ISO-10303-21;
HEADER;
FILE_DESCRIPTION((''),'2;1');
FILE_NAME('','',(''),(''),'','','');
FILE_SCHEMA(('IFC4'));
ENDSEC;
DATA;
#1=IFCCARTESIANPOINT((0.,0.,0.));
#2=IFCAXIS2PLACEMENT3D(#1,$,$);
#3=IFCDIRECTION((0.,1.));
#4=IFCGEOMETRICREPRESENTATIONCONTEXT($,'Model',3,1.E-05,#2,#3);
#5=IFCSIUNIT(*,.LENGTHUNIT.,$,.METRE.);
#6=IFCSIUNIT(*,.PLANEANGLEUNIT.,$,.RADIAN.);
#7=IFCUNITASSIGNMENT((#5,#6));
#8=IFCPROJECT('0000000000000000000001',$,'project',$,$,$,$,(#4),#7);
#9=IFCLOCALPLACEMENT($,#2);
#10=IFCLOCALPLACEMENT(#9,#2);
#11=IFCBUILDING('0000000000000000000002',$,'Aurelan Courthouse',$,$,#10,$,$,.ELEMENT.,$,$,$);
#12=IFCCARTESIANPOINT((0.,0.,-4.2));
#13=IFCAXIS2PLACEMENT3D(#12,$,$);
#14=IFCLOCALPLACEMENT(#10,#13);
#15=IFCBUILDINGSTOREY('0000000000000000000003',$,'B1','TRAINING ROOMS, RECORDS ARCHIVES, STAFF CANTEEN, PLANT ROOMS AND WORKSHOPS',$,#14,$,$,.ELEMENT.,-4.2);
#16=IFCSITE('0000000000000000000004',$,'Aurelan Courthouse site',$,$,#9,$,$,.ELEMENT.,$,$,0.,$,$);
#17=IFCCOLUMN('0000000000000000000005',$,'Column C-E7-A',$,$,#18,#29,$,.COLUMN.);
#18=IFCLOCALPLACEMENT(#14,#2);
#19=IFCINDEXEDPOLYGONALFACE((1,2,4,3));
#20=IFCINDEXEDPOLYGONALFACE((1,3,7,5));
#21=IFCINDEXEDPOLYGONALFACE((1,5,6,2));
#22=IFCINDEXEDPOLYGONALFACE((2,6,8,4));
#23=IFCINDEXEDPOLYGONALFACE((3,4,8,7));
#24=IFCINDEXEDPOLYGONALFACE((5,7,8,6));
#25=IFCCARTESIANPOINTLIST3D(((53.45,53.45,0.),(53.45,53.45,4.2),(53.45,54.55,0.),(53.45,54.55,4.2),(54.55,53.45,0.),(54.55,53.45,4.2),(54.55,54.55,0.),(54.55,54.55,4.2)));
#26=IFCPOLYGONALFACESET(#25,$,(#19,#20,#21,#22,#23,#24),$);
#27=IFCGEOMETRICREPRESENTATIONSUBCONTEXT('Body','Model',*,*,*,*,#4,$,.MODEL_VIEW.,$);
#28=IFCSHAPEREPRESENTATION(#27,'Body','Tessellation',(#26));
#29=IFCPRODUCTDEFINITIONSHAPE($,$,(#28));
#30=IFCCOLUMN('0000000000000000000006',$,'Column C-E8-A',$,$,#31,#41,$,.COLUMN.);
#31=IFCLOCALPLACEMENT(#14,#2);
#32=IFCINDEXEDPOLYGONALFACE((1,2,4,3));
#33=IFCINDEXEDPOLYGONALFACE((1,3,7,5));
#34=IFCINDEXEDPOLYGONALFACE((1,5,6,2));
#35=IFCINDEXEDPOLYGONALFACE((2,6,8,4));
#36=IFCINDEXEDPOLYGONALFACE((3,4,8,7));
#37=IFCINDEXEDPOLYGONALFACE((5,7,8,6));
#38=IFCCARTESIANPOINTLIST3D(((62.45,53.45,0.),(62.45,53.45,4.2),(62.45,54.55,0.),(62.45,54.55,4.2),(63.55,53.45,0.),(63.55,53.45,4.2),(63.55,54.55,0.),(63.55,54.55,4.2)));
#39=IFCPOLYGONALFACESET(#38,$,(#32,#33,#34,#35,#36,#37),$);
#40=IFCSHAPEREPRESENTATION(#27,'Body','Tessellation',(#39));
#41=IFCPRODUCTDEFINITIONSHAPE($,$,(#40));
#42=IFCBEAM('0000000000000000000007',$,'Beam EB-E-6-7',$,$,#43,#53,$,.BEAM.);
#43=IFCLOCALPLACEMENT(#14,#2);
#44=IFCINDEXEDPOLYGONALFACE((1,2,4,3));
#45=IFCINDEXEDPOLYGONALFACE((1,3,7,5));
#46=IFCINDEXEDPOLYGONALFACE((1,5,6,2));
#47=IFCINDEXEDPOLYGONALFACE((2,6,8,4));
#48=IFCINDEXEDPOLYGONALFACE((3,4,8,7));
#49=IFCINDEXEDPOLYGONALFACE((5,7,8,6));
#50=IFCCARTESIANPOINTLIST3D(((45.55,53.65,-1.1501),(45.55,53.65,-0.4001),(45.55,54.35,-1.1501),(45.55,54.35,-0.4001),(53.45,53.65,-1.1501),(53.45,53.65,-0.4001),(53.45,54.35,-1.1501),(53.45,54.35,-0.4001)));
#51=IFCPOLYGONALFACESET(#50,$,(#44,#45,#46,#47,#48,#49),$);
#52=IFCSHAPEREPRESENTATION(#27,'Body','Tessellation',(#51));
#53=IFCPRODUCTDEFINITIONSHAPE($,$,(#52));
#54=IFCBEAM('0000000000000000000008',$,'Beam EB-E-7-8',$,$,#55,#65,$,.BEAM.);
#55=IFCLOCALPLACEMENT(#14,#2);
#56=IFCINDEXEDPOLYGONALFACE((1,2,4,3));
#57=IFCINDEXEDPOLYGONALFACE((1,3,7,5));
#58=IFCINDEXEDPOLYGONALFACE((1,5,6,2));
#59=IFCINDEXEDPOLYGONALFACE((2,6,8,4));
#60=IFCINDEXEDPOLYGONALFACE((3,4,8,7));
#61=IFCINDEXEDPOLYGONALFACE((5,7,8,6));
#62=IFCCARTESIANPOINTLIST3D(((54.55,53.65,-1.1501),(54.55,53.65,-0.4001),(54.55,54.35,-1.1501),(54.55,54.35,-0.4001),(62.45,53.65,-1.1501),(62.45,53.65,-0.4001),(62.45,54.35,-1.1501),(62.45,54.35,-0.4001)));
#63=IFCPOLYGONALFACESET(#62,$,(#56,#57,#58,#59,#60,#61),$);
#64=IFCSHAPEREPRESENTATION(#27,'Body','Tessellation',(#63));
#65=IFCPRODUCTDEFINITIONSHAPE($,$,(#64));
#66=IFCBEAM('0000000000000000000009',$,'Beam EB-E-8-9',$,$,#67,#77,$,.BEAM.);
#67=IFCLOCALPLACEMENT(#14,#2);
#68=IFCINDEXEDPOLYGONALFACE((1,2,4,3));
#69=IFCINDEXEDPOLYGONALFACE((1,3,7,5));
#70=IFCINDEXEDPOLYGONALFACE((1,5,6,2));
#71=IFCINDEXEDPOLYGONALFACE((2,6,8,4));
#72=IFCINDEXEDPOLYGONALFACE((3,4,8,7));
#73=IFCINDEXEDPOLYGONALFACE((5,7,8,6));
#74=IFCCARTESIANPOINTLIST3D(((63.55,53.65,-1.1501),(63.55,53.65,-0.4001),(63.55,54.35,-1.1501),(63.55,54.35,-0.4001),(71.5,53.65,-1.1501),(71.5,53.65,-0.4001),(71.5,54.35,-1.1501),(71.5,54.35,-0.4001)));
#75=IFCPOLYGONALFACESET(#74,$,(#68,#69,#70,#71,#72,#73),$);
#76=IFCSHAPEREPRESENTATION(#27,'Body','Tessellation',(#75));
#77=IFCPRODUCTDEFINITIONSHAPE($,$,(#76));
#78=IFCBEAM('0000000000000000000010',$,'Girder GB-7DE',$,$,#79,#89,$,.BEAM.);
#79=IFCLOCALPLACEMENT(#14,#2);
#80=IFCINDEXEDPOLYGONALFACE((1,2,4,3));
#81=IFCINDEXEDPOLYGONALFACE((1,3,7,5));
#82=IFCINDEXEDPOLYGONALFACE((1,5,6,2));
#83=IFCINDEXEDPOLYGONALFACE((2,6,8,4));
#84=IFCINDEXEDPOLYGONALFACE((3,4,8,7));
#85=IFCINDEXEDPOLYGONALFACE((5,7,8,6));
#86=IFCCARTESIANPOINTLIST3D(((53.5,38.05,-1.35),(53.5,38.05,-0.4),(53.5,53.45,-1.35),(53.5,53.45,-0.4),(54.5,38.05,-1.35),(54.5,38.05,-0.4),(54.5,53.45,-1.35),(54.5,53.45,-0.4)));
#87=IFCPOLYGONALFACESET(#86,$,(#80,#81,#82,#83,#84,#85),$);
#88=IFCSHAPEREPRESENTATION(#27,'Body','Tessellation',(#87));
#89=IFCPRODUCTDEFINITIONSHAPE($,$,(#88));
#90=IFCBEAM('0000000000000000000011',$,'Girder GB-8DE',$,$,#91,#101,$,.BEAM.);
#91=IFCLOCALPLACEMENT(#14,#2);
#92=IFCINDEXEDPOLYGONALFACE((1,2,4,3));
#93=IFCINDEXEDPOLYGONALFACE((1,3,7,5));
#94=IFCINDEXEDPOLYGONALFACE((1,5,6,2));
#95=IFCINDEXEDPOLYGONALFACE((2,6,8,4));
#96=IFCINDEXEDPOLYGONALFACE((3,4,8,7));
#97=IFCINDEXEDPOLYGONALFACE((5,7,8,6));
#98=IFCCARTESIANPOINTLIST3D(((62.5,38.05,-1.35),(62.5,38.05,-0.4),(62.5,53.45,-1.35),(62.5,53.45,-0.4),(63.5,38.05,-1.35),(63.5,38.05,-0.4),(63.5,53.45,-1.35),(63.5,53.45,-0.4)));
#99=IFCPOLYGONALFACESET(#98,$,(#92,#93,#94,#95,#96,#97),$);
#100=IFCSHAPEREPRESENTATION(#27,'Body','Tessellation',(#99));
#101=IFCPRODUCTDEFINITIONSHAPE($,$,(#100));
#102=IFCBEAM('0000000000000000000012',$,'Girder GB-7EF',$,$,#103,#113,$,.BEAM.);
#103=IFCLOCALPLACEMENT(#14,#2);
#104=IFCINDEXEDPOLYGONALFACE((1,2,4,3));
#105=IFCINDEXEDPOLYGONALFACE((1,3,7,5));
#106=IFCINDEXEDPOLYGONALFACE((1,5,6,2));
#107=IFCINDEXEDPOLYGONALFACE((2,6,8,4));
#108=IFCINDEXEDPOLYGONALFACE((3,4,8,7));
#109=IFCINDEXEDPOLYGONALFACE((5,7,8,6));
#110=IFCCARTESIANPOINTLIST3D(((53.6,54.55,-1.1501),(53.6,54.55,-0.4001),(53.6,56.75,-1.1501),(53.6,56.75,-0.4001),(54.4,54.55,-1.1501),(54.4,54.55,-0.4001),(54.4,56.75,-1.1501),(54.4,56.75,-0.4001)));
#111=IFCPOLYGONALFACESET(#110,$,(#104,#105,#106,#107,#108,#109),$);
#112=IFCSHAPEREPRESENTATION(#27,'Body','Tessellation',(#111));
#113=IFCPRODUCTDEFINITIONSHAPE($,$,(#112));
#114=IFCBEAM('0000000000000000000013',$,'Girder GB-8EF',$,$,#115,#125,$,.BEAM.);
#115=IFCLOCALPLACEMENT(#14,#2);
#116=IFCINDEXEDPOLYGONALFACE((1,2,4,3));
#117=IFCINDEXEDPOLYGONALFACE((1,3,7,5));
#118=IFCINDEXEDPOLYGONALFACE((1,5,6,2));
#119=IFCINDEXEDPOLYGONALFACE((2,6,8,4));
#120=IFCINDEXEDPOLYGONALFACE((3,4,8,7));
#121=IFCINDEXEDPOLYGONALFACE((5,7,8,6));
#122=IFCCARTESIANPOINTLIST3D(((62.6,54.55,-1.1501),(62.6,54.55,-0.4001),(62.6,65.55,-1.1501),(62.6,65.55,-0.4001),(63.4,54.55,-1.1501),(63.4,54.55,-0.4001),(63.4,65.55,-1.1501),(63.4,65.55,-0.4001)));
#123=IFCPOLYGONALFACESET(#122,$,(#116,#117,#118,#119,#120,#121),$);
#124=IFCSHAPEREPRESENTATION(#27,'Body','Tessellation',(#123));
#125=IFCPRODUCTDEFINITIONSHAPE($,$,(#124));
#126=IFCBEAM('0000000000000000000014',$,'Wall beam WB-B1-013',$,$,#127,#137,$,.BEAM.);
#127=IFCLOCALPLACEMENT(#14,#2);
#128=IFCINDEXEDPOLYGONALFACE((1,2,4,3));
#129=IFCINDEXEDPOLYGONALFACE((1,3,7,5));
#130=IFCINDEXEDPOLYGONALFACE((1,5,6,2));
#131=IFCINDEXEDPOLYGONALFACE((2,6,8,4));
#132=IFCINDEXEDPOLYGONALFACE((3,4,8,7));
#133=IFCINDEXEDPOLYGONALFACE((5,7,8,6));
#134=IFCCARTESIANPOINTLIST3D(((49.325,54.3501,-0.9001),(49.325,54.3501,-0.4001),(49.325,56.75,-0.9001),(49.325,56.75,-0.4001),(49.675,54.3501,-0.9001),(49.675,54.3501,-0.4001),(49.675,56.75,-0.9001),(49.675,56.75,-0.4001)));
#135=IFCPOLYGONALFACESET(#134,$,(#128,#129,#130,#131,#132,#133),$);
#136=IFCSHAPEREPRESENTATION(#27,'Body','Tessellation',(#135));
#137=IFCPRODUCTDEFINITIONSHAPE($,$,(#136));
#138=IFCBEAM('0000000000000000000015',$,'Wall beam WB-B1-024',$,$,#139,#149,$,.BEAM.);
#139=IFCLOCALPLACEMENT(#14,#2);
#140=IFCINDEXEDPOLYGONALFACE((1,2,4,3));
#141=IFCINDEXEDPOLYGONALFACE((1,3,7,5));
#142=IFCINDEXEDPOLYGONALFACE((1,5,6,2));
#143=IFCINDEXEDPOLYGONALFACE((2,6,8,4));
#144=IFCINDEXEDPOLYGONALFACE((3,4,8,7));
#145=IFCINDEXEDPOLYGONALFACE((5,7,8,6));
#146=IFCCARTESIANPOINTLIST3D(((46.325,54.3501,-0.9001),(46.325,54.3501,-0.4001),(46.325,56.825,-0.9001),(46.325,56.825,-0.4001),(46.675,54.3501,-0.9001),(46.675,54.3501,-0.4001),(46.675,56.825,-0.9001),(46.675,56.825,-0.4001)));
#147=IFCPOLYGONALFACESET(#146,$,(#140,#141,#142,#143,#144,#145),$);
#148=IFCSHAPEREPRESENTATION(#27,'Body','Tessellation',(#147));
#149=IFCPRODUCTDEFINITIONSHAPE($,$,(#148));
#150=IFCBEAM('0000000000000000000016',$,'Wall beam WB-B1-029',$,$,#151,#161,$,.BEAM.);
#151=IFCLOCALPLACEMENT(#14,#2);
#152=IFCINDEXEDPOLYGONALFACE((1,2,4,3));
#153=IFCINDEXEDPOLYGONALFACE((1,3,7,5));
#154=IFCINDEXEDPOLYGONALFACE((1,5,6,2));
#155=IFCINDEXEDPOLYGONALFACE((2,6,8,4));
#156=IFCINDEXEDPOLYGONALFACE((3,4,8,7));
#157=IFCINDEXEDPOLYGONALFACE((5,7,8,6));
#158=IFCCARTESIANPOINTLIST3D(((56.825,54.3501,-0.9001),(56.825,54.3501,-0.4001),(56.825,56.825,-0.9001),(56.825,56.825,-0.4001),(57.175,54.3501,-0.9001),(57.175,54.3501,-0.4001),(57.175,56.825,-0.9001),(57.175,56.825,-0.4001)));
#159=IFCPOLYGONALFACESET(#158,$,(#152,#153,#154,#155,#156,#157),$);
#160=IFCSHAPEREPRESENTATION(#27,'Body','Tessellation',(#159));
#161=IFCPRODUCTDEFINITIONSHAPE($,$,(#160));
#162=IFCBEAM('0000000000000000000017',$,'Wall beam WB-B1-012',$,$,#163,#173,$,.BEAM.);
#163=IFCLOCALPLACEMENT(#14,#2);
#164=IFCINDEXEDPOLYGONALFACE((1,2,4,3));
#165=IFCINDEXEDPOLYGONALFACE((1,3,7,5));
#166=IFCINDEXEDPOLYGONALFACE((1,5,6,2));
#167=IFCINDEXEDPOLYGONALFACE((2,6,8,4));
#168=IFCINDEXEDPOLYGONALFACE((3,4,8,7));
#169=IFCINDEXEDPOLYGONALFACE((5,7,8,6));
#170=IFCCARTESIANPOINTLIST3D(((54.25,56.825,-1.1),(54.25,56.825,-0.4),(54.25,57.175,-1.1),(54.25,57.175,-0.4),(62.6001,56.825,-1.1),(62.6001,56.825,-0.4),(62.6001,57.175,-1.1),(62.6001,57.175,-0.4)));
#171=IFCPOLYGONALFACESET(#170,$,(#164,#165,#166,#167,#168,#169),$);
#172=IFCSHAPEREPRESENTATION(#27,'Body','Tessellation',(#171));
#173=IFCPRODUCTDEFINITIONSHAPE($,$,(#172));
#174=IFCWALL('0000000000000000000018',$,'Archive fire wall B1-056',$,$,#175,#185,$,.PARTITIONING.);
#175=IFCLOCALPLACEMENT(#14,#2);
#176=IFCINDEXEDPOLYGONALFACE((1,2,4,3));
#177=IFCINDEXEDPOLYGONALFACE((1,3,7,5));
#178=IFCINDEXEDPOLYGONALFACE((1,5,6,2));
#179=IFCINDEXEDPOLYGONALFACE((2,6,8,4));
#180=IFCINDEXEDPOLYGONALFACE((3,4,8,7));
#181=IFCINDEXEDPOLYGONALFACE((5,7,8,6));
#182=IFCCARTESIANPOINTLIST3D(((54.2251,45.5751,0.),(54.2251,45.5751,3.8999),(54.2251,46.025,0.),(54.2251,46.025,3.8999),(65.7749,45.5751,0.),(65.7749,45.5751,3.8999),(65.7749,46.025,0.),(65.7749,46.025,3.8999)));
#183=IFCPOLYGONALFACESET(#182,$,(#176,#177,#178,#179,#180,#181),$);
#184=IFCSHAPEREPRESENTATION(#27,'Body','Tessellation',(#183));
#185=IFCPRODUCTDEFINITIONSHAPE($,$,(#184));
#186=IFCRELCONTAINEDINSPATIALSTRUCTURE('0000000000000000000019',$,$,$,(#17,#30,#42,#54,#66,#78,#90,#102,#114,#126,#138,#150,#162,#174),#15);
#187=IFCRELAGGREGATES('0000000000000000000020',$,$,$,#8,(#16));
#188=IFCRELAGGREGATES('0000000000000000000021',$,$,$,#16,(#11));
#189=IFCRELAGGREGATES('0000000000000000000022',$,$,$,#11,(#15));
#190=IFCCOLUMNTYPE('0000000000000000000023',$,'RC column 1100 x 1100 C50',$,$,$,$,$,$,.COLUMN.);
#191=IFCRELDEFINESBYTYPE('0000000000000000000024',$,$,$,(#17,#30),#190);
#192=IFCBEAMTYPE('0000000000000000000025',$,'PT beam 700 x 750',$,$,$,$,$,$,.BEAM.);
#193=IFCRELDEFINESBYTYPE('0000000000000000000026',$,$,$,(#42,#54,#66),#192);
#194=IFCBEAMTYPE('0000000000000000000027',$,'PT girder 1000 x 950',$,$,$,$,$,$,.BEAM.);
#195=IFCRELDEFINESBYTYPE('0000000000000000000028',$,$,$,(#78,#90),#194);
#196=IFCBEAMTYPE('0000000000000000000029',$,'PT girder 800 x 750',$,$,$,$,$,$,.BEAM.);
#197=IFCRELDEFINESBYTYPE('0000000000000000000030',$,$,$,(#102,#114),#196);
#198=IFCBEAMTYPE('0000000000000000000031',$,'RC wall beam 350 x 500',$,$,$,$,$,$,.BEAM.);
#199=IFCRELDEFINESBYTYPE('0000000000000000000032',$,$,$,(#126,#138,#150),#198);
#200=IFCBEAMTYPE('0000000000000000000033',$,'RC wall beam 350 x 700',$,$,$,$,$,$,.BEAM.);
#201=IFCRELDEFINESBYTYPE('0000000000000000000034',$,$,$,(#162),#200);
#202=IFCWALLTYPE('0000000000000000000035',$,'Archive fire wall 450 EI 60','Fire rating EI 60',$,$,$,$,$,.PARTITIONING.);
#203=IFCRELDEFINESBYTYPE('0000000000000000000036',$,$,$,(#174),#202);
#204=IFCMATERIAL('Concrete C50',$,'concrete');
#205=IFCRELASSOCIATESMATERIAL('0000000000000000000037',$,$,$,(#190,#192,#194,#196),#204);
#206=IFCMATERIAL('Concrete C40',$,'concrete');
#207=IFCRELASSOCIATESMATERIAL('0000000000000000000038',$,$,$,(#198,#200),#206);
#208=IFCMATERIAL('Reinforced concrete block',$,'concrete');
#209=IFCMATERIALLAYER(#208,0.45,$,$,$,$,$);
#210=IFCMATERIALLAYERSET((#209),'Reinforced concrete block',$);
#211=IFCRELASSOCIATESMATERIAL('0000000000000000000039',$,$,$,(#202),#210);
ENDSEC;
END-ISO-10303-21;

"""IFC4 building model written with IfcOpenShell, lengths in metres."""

from ifc_helpers import new_model, si_unit, direction, frame, frame_2d, origin, origin_2d, place, context, subcontext, project, spatial, rectangle, extrude, material, layer, layer_set, material_profile, profile_set, type_object, element, save


model = new_model("IFC4")

# Units and contexts
model_context = context("Model", 3, precision=1e-05, world=origin(), true_north=direction((0.0, 1.0)))
body_context = subcontext(model_context, "Body", "Model", "MODEL_VIEW")
ifc_project = project(units=[si_unit("LENGTHUNIT", "METRE"), si_unit("PLANEANGLEUNIT", "RADIAN")], contexts=[model_context])

# Site, building, storey
site_placement = place(None, origin())
site = spatial("IfcSite", under=ifc_project, at=site_placement, Name="Aurelan Courthouse site", CompositionType="ELEMENT", RefElevation=0.0)
building_placement = place(site_placement, origin())
building = spatial("IfcBuilding", under=site, at=building_placement, Name="Aurelan Courthouse", CompositionType="ELEMENT")
storey_placement = place(building_placement, frame((0.0, 0.0, -4.2)))
storey = spatial("IfcBuildingStorey", under=building, at=storey_placement, Name="B1", Description="TRAINING ROOMS, RECORDS ARCHIVES, STAFF CANTEEN, PLANT ROOMS AND WORKSHOPS", CompositionType="ELEMENT", Elevation=-4.2)

# Columns
ifc_material_1 = material(Name="Concrete C50", Category="concrete")
ifc_material_profile_1 = material_profile(ifc_material_1, rectangle(XDim=1.1001, YDim=1.1001, at=origin_2d()), Name="RC 1100 x 1100")
ifc_profile_set_1 = profile_set([ifc_material_profile_1], Name="Concrete C50")
column_type = type_object("IfcColumnType", Name="RC column 1100 x 1100 C50", PredefinedType="COLUMN", material=ifc_profile_set_1)
for number, where, z_axis, x_axis, name in (
    (1, (54.0, 54.0, 0.0), (0.0, 0.0, 1.0), (1.0, 0.0, 0.0), "Column C-E7-A"),
    (2, (63.0, 54.0, 0.0), (0.0, 0.0, 1.0), (1.0, 0.0, 0.0), "Column C-E8-A"),
):
    element("IfcColumn", number, at=place(storey_placement, frame(where, z_axis=z_axis, x_axis=x_axis)), inside=storey, type_object=column_type, Name=name, PredefinedType="COLUMN", context=body_context, shape_type="SweptSolid", body=[
        extrude(rectangle(XDim=1.1001, YDim=1.1001, at=origin_2d()), origin(), (0.0, 0.0, 1.0), 4.2),
    ])

# Beams
ifc_material_profile_2 = material_profile(ifc_material_1, rectangle(XDim=0.7, YDim=0.75, at=origin_2d()), Name="RC 700 x 750")
ifc_profile_set_2 = profile_set([ifc_material_profile_2], Name="Concrete C50")
beam_type_1 = type_object("IfcBeamType", Name="PT beam 700 x 750", PredefinedType="BEAM", material=ifc_profile_set_2)
for number, where, z_axis, x_axis, name in (
    (3, (45.55, 54.0, -0.7751), (1.0, 0.0, 0.0), (0.0, 1.0, 0.0), "Beam EB-E-6-7"),
    (4, (54.55, 54.0, -0.7751), (1.0, 0.0, 0.0), (0.0, 1.0, 0.0), "Beam EB-E-7-8"),
):
    element("IfcBeam", number, at=place(storey_placement, frame(where, z_axis=z_axis, x_axis=x_axis)), inside=storey, type_object=beam_type_1, Name=name, PredefinedType="BEAM", context=body_context, shape_type="SweptSolid", body=[
        extrude(rectangle(XDim=0.7, YDim=0.75, at=origin_2d()), origin(), (0.0, 0.0, 1.0), 7.8999),
    ])
beam_1_placement = place(storey_placement, frame((63.55, 54.0, -0.7751), z_axis=(1.0, 0.0, 0.0), x_axis=(0.0, 1.0, 0.0)))
element("IfcBeam", 5, at=beam_1_placement, inside=storey, type_object=beam_type_1, Name="Beam EB-E-8-9", PredefinedType="BEAM", context=body_context, shape_type="SweptSolid", body=[
    extrude(rectangle(XDim=0.7, YDim=0.75, at=origin_2d()), origin(), (0.0, 0.0, 1.0), 7.95),
])
ifc_material_profile_3 = material_profile(ifc_material_1, rectangle(XDim=1.0, YDim=0.95, at=origin_2d()), Name="RC 1000 x 950")
ifc_profile_set_3 = profile_set([ifc_material_profile_3], Name="Concrete C50")
beam_type_2 = type_object("IfcBeamType", Name="PT girder 1000 x 950", PredefinedType="BEAM", material=ifc_profile_set_3)
for number, where, z_axis, x_axis, name in (
    (6, (54.0, 38.05, -0.875), (0.0, 1.0, 0.0), (-1.0, 0.0, 0.0), "Girder GB-7DE"),
    (7, (63.0, 38.05, -0.875), (0.0, 1.0, 0.0), (-1.0, 0.0, 0.0), "Girder GB-8DE"),
):
    element("IfcBeam", number, at=place(storey_placement, frame(where, z_axis=z_axis, x_axis=x_axis)), inside=storey, type_object=beam_type_2, Name=name, PredefinedType="BEAM", context=body_context, shape_type="SweptSolid", body=[
        extrude(rectangle(XDim=1.0, YDim=0.95, at=origin_2d()), origin(), (0.0, 0.0, 1.0), 15.3999),
    ])
ifc_material_profile_4 = material_profile(ifc_material_1, rectangle(XDim=0.8, YDim=0.75, at=origin_2d()), Name="RC 800 x 750")
ifc_profile_set_4 = profile_set([ifc_material_profile_4], Name="Concrete C50")
beam_type_3 = type_object("IfcBeamType", Name="PT girder 800 x 750", PredefinedType="BEAM", material=ifc_profile_set_4)
beam_2_placement = place(storey_placement, frame((54.0, 54.55, -0.7751), z_axis=(0.0, 1.0, 0.0), x_axis=(-1.0, 0.0, 0.0)))
element("IfcBeam", 8, at=beam_2_placement, inside=storey, type_object=beam_type_3, Name="Girder GB-7EF", PredefinedType="BEAM", context=body_context, shape_type="SweptSolid", body=[
    extrude(rectangle(XDim=0.8, YDim=0.75, at=origin_2d()), origin(), (0.0, 0.0, 1.0), 2.2),
])
beam_3_placement = place(storey_placement, frame((63.0, 54.55, -0.7751), z_axis=(0.0, 1.0, 0.0), x_axis=(-1.0, 0.0, 0.0)))
element("IfcBeam", 9, at=beam_3_placement, inside=storey, type_object=beam_type_3, Name="Girder GB-8EF", PredefinedType="BEAM", context=body_context, shape_type="SweptSolid", body=[
    extrude(rectangle(XDim=0.8, YDim=0.75, at=origin_2d()), origin(), (0.0, 0.0, 1.0), 11.0),
])
ifc_material_2 = material(Name="Concrete C40", Category="concrete")
ifc_material_profile_5 = material_profile(ifc_material_2, rectangle(XDim=0.3501, YDim=0.5, at=origin_2d()), Name="RC 350 x 500")
ifc_profile_set_5 = profile_set([ifc_material_profile_5], Name="Concrete C40")
beam_type_4 = type_object("IfcBeamType", Name="RC wall beam 350 x 500", PredefinedType="BEAM", material=ifc_profile_set_5)
beam_4_placement = place(storey_placement, frame((49.5, 54.3501, -0.6501), z_axis=(0.0, 1.0, 0.0), x_axis=(-1.0, 0.0, 0.0)))
element("IfcBeam", 10, at=beam_4_placement, inside=storey, type_object=beam_type_4, Name="Wall beam WB-B1-013", PredefinedType="BEAM", context=body_context, shape_type="SweptSolid", body=[
    extrude(rectangle(XDim=0.3501, YDim=0.5, at=origin_2d()), origin(), (0.0, 0.0, 1.0), 2.3999),
])
for number, where, z_axis, x_axis, name in (
    (11, (46.5, 54.3501, -0.6501), (0.0, 1.0, 0.0), (-1.0, 0.0, 0.0), "Wall beam WB-B1-024"),
    (12, (57.0, 54.3501, -0.6501), (0.0, 1.0, 0.0), (-1.0, 0.0, 0.0), "Wall beam WB-B1-029"),
):
    element("IfcBeam", number, at=place(storey_placement, frame(where, z_axis=z_axis, x_axis=x_axis)), inside=storey, type_object=beam_type_4, Name=name, PredefinedType="BEAM", context=body_context, shape_type="SweptSolid", body=[
        extrude(rectangle(XDim=0.3501, YDim=0.5, at=origin_2d()), origin(), (0.0, 0.0, 1.0), 2.4749),
    ])
ifc_material_profile_6 = material_profile(ifc_material_2, rectangle(XDim=0.3501, YDim=0.7, at=origin_2d()), Name="RC 350 x 700")
ifc_profile_set_6 = profile_set([ifc_material_profile_6], Name="Concrete C40")
beam_type_5 = type_object("IfcBeamType", Name="RC wall beam 350 x 700", PredefinedType="BEAM", material=ifc_profile_set_6)
beam_5_placement = place(storey_placement, frame((54.25, 57.0, -0.75), z_axis=(1.0, 0.0, 0.0), x_axis=(0.0, 1.0, 0.0)))
element("IfcBeam", 13, at=beam_5_placement, inside=storey, type_object=beam_type_5, Name="Wall beam WB-B1-012", PredefinedType="BEAM", context=body_context, shape_type="SweptSolid", body=[
    extrude(rectangle(XDim=0.3501, YDim=0.7, at=origin_2d()), origin(), (0.0, 0.0, 1.0), 8.3501),
])

# Wall
ifc_material_3 = material(Name="Reinforced concrete block", Category="concrete")
ifc_layer_1 = layer(ifc_material_3, 0.45)
ifc_layer_set_1 = layer_set([ifc_layer_1], Name="Reinforced concrete block")
wall_type_1 = type_object("IfcWallType", Name="Archive fire wall 450 EI 60", Description="Fire rating EI 60", PredefinedType="PARTITIONING", material=ifc_layer_set_1)
wall_1_placement = place(storey_placement, frame((54.2251, 45.8, 0.0), z_axis=(0.0, 0.0, 1.0), x_axis=(1.0, 0.0, 0.0)))
element("IfcWall", 14, at=wall_1_placement, inside=storey, type_object=wall_type_1, Name="Archive fire wall B1-056", PredefinedType="PARTITIONING", context=body_context, shape_type="SweptSolid", body=[
    extrude(rectangle(XDim=11.5498, YDim=0.45, at=frame_2d((5.7749, 0.0))), origin(), (0.0, 0.0, 1.0), 3.8999),
])

save(model, "model.ifc")
